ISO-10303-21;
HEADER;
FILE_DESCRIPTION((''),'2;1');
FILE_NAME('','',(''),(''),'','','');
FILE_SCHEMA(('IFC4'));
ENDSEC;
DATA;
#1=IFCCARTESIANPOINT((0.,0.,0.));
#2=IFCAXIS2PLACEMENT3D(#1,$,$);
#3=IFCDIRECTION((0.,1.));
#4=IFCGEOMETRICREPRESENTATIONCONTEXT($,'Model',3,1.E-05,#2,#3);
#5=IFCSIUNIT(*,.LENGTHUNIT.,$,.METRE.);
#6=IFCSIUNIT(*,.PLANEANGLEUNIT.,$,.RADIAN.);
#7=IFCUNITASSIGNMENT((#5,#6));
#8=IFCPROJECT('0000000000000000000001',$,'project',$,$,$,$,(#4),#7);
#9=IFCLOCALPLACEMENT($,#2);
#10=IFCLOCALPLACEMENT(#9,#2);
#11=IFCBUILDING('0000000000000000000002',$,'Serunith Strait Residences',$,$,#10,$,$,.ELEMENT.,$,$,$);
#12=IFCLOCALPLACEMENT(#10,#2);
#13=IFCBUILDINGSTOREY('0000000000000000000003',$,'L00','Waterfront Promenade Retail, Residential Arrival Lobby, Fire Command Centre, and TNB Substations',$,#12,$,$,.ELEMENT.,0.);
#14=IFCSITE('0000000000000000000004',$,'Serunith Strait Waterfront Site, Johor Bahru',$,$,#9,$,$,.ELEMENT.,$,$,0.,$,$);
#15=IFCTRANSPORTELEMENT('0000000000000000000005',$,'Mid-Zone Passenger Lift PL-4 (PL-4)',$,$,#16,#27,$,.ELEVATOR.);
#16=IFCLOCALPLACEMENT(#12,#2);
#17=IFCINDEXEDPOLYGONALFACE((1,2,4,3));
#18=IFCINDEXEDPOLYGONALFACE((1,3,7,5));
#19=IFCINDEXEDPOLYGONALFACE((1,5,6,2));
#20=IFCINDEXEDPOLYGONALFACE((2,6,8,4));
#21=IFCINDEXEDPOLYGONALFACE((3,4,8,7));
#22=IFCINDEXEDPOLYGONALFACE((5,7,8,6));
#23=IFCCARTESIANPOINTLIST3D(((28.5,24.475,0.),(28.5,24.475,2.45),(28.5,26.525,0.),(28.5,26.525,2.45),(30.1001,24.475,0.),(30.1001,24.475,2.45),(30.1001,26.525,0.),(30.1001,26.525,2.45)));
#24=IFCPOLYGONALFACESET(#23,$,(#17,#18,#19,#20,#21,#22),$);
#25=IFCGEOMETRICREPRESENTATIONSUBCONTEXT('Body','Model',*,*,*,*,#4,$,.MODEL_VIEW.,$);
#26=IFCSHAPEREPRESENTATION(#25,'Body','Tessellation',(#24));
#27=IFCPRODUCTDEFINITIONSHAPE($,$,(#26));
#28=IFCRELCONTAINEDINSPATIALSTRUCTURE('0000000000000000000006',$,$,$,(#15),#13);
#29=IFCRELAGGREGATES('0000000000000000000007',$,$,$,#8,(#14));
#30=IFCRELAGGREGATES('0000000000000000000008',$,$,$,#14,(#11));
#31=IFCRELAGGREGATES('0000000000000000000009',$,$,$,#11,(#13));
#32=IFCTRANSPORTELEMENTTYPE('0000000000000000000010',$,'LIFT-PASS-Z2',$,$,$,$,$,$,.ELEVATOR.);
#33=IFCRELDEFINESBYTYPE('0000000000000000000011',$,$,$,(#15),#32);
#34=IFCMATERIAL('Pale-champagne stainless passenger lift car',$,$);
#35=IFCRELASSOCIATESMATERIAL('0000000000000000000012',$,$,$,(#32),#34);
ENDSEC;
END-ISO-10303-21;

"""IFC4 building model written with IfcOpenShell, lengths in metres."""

from ifc_helpers import new_model, si_unit, direction, frame, origin, origin_2d, place, context, subcontext, project, spatial, rectangle, extrude, source, transform, mapped, material, type_object, element, save


model = new_model("IFC4")

# Units and contexts
model_context = context("Model", 3, precision=1e-05, world=origin(), true_north=direction((0.0, 1.0)))
body_context = subcontext(model_context, "Body", "Model", "MODEL_VIEW")
ifc_project = project(units=[si_unit("LENGTHUNIT", "METRE"), si_unit("PLANEANGLEUNIT", "RADIAN")], contexts=[model_context])

# Site, building, storey
site_placement = place(None, origin())
site = spatial("IfcSite", under=ifc_project, at=site_placement, Name="Serunith Strait Waterfront Site, Johor Bahru", CompositionType="ELEMENT", RefElevation=0.0)
building_placement = place(site_placement, origin())
building = spatial("IfcBuilding", under=site, at=building_placement, Name="Serunith Strait Residences", CompositionType="ELEMENT")
storey_placement = place(building_placement, origin())
storey = spatial("IfcBuildingStorey", under=building, at=storey_placement, Name="L00", Description="Waterfront Promenade Retail, Residential Arrival Lobby, Fire Command Centre, and TNB Substations", CompositionType="ELEMENT", Elevation=0.0)

# Transport element
ifc_material_1 = material(Name="Pale-champagne stainless passenger lift car")
transport_element_type = type_object("IfcTransportElementType", Name="LIFT-PASS-Z2", PredefinedType="ELEVATOR", material=ifc_material_1)
shared_shape_1 = source(origin(), body_context, "Body", "SweptSolid", [
    extrude(rectangle(XDim=1.6001, YDim=2.05, at=origin_2d()), origin(), (0.0, 0.0, 1.0), 2.45),
])
transport_element_placement = place(storey_placement, frame((29.3, 25.5, 0.0), z_axis=(0.0, 0.0, 1.0), x_axis=(1.0, 0.0, 0.0)))
element("IfcTransportElement", 1, at=transport_element_placement, inside=storey, type_object=transport_element_type, Name="Mid-Zone Passenger Lift PL-4 (PL-4)", PredefinedType="ELEVATOR", context=body_context, shape_type="MappedRepresentation", body=[
    mapped(shared_shape_1, transform((0.0, 0.0, 0.0), scale=1.0)),
])

save(model, "model.ifc")
